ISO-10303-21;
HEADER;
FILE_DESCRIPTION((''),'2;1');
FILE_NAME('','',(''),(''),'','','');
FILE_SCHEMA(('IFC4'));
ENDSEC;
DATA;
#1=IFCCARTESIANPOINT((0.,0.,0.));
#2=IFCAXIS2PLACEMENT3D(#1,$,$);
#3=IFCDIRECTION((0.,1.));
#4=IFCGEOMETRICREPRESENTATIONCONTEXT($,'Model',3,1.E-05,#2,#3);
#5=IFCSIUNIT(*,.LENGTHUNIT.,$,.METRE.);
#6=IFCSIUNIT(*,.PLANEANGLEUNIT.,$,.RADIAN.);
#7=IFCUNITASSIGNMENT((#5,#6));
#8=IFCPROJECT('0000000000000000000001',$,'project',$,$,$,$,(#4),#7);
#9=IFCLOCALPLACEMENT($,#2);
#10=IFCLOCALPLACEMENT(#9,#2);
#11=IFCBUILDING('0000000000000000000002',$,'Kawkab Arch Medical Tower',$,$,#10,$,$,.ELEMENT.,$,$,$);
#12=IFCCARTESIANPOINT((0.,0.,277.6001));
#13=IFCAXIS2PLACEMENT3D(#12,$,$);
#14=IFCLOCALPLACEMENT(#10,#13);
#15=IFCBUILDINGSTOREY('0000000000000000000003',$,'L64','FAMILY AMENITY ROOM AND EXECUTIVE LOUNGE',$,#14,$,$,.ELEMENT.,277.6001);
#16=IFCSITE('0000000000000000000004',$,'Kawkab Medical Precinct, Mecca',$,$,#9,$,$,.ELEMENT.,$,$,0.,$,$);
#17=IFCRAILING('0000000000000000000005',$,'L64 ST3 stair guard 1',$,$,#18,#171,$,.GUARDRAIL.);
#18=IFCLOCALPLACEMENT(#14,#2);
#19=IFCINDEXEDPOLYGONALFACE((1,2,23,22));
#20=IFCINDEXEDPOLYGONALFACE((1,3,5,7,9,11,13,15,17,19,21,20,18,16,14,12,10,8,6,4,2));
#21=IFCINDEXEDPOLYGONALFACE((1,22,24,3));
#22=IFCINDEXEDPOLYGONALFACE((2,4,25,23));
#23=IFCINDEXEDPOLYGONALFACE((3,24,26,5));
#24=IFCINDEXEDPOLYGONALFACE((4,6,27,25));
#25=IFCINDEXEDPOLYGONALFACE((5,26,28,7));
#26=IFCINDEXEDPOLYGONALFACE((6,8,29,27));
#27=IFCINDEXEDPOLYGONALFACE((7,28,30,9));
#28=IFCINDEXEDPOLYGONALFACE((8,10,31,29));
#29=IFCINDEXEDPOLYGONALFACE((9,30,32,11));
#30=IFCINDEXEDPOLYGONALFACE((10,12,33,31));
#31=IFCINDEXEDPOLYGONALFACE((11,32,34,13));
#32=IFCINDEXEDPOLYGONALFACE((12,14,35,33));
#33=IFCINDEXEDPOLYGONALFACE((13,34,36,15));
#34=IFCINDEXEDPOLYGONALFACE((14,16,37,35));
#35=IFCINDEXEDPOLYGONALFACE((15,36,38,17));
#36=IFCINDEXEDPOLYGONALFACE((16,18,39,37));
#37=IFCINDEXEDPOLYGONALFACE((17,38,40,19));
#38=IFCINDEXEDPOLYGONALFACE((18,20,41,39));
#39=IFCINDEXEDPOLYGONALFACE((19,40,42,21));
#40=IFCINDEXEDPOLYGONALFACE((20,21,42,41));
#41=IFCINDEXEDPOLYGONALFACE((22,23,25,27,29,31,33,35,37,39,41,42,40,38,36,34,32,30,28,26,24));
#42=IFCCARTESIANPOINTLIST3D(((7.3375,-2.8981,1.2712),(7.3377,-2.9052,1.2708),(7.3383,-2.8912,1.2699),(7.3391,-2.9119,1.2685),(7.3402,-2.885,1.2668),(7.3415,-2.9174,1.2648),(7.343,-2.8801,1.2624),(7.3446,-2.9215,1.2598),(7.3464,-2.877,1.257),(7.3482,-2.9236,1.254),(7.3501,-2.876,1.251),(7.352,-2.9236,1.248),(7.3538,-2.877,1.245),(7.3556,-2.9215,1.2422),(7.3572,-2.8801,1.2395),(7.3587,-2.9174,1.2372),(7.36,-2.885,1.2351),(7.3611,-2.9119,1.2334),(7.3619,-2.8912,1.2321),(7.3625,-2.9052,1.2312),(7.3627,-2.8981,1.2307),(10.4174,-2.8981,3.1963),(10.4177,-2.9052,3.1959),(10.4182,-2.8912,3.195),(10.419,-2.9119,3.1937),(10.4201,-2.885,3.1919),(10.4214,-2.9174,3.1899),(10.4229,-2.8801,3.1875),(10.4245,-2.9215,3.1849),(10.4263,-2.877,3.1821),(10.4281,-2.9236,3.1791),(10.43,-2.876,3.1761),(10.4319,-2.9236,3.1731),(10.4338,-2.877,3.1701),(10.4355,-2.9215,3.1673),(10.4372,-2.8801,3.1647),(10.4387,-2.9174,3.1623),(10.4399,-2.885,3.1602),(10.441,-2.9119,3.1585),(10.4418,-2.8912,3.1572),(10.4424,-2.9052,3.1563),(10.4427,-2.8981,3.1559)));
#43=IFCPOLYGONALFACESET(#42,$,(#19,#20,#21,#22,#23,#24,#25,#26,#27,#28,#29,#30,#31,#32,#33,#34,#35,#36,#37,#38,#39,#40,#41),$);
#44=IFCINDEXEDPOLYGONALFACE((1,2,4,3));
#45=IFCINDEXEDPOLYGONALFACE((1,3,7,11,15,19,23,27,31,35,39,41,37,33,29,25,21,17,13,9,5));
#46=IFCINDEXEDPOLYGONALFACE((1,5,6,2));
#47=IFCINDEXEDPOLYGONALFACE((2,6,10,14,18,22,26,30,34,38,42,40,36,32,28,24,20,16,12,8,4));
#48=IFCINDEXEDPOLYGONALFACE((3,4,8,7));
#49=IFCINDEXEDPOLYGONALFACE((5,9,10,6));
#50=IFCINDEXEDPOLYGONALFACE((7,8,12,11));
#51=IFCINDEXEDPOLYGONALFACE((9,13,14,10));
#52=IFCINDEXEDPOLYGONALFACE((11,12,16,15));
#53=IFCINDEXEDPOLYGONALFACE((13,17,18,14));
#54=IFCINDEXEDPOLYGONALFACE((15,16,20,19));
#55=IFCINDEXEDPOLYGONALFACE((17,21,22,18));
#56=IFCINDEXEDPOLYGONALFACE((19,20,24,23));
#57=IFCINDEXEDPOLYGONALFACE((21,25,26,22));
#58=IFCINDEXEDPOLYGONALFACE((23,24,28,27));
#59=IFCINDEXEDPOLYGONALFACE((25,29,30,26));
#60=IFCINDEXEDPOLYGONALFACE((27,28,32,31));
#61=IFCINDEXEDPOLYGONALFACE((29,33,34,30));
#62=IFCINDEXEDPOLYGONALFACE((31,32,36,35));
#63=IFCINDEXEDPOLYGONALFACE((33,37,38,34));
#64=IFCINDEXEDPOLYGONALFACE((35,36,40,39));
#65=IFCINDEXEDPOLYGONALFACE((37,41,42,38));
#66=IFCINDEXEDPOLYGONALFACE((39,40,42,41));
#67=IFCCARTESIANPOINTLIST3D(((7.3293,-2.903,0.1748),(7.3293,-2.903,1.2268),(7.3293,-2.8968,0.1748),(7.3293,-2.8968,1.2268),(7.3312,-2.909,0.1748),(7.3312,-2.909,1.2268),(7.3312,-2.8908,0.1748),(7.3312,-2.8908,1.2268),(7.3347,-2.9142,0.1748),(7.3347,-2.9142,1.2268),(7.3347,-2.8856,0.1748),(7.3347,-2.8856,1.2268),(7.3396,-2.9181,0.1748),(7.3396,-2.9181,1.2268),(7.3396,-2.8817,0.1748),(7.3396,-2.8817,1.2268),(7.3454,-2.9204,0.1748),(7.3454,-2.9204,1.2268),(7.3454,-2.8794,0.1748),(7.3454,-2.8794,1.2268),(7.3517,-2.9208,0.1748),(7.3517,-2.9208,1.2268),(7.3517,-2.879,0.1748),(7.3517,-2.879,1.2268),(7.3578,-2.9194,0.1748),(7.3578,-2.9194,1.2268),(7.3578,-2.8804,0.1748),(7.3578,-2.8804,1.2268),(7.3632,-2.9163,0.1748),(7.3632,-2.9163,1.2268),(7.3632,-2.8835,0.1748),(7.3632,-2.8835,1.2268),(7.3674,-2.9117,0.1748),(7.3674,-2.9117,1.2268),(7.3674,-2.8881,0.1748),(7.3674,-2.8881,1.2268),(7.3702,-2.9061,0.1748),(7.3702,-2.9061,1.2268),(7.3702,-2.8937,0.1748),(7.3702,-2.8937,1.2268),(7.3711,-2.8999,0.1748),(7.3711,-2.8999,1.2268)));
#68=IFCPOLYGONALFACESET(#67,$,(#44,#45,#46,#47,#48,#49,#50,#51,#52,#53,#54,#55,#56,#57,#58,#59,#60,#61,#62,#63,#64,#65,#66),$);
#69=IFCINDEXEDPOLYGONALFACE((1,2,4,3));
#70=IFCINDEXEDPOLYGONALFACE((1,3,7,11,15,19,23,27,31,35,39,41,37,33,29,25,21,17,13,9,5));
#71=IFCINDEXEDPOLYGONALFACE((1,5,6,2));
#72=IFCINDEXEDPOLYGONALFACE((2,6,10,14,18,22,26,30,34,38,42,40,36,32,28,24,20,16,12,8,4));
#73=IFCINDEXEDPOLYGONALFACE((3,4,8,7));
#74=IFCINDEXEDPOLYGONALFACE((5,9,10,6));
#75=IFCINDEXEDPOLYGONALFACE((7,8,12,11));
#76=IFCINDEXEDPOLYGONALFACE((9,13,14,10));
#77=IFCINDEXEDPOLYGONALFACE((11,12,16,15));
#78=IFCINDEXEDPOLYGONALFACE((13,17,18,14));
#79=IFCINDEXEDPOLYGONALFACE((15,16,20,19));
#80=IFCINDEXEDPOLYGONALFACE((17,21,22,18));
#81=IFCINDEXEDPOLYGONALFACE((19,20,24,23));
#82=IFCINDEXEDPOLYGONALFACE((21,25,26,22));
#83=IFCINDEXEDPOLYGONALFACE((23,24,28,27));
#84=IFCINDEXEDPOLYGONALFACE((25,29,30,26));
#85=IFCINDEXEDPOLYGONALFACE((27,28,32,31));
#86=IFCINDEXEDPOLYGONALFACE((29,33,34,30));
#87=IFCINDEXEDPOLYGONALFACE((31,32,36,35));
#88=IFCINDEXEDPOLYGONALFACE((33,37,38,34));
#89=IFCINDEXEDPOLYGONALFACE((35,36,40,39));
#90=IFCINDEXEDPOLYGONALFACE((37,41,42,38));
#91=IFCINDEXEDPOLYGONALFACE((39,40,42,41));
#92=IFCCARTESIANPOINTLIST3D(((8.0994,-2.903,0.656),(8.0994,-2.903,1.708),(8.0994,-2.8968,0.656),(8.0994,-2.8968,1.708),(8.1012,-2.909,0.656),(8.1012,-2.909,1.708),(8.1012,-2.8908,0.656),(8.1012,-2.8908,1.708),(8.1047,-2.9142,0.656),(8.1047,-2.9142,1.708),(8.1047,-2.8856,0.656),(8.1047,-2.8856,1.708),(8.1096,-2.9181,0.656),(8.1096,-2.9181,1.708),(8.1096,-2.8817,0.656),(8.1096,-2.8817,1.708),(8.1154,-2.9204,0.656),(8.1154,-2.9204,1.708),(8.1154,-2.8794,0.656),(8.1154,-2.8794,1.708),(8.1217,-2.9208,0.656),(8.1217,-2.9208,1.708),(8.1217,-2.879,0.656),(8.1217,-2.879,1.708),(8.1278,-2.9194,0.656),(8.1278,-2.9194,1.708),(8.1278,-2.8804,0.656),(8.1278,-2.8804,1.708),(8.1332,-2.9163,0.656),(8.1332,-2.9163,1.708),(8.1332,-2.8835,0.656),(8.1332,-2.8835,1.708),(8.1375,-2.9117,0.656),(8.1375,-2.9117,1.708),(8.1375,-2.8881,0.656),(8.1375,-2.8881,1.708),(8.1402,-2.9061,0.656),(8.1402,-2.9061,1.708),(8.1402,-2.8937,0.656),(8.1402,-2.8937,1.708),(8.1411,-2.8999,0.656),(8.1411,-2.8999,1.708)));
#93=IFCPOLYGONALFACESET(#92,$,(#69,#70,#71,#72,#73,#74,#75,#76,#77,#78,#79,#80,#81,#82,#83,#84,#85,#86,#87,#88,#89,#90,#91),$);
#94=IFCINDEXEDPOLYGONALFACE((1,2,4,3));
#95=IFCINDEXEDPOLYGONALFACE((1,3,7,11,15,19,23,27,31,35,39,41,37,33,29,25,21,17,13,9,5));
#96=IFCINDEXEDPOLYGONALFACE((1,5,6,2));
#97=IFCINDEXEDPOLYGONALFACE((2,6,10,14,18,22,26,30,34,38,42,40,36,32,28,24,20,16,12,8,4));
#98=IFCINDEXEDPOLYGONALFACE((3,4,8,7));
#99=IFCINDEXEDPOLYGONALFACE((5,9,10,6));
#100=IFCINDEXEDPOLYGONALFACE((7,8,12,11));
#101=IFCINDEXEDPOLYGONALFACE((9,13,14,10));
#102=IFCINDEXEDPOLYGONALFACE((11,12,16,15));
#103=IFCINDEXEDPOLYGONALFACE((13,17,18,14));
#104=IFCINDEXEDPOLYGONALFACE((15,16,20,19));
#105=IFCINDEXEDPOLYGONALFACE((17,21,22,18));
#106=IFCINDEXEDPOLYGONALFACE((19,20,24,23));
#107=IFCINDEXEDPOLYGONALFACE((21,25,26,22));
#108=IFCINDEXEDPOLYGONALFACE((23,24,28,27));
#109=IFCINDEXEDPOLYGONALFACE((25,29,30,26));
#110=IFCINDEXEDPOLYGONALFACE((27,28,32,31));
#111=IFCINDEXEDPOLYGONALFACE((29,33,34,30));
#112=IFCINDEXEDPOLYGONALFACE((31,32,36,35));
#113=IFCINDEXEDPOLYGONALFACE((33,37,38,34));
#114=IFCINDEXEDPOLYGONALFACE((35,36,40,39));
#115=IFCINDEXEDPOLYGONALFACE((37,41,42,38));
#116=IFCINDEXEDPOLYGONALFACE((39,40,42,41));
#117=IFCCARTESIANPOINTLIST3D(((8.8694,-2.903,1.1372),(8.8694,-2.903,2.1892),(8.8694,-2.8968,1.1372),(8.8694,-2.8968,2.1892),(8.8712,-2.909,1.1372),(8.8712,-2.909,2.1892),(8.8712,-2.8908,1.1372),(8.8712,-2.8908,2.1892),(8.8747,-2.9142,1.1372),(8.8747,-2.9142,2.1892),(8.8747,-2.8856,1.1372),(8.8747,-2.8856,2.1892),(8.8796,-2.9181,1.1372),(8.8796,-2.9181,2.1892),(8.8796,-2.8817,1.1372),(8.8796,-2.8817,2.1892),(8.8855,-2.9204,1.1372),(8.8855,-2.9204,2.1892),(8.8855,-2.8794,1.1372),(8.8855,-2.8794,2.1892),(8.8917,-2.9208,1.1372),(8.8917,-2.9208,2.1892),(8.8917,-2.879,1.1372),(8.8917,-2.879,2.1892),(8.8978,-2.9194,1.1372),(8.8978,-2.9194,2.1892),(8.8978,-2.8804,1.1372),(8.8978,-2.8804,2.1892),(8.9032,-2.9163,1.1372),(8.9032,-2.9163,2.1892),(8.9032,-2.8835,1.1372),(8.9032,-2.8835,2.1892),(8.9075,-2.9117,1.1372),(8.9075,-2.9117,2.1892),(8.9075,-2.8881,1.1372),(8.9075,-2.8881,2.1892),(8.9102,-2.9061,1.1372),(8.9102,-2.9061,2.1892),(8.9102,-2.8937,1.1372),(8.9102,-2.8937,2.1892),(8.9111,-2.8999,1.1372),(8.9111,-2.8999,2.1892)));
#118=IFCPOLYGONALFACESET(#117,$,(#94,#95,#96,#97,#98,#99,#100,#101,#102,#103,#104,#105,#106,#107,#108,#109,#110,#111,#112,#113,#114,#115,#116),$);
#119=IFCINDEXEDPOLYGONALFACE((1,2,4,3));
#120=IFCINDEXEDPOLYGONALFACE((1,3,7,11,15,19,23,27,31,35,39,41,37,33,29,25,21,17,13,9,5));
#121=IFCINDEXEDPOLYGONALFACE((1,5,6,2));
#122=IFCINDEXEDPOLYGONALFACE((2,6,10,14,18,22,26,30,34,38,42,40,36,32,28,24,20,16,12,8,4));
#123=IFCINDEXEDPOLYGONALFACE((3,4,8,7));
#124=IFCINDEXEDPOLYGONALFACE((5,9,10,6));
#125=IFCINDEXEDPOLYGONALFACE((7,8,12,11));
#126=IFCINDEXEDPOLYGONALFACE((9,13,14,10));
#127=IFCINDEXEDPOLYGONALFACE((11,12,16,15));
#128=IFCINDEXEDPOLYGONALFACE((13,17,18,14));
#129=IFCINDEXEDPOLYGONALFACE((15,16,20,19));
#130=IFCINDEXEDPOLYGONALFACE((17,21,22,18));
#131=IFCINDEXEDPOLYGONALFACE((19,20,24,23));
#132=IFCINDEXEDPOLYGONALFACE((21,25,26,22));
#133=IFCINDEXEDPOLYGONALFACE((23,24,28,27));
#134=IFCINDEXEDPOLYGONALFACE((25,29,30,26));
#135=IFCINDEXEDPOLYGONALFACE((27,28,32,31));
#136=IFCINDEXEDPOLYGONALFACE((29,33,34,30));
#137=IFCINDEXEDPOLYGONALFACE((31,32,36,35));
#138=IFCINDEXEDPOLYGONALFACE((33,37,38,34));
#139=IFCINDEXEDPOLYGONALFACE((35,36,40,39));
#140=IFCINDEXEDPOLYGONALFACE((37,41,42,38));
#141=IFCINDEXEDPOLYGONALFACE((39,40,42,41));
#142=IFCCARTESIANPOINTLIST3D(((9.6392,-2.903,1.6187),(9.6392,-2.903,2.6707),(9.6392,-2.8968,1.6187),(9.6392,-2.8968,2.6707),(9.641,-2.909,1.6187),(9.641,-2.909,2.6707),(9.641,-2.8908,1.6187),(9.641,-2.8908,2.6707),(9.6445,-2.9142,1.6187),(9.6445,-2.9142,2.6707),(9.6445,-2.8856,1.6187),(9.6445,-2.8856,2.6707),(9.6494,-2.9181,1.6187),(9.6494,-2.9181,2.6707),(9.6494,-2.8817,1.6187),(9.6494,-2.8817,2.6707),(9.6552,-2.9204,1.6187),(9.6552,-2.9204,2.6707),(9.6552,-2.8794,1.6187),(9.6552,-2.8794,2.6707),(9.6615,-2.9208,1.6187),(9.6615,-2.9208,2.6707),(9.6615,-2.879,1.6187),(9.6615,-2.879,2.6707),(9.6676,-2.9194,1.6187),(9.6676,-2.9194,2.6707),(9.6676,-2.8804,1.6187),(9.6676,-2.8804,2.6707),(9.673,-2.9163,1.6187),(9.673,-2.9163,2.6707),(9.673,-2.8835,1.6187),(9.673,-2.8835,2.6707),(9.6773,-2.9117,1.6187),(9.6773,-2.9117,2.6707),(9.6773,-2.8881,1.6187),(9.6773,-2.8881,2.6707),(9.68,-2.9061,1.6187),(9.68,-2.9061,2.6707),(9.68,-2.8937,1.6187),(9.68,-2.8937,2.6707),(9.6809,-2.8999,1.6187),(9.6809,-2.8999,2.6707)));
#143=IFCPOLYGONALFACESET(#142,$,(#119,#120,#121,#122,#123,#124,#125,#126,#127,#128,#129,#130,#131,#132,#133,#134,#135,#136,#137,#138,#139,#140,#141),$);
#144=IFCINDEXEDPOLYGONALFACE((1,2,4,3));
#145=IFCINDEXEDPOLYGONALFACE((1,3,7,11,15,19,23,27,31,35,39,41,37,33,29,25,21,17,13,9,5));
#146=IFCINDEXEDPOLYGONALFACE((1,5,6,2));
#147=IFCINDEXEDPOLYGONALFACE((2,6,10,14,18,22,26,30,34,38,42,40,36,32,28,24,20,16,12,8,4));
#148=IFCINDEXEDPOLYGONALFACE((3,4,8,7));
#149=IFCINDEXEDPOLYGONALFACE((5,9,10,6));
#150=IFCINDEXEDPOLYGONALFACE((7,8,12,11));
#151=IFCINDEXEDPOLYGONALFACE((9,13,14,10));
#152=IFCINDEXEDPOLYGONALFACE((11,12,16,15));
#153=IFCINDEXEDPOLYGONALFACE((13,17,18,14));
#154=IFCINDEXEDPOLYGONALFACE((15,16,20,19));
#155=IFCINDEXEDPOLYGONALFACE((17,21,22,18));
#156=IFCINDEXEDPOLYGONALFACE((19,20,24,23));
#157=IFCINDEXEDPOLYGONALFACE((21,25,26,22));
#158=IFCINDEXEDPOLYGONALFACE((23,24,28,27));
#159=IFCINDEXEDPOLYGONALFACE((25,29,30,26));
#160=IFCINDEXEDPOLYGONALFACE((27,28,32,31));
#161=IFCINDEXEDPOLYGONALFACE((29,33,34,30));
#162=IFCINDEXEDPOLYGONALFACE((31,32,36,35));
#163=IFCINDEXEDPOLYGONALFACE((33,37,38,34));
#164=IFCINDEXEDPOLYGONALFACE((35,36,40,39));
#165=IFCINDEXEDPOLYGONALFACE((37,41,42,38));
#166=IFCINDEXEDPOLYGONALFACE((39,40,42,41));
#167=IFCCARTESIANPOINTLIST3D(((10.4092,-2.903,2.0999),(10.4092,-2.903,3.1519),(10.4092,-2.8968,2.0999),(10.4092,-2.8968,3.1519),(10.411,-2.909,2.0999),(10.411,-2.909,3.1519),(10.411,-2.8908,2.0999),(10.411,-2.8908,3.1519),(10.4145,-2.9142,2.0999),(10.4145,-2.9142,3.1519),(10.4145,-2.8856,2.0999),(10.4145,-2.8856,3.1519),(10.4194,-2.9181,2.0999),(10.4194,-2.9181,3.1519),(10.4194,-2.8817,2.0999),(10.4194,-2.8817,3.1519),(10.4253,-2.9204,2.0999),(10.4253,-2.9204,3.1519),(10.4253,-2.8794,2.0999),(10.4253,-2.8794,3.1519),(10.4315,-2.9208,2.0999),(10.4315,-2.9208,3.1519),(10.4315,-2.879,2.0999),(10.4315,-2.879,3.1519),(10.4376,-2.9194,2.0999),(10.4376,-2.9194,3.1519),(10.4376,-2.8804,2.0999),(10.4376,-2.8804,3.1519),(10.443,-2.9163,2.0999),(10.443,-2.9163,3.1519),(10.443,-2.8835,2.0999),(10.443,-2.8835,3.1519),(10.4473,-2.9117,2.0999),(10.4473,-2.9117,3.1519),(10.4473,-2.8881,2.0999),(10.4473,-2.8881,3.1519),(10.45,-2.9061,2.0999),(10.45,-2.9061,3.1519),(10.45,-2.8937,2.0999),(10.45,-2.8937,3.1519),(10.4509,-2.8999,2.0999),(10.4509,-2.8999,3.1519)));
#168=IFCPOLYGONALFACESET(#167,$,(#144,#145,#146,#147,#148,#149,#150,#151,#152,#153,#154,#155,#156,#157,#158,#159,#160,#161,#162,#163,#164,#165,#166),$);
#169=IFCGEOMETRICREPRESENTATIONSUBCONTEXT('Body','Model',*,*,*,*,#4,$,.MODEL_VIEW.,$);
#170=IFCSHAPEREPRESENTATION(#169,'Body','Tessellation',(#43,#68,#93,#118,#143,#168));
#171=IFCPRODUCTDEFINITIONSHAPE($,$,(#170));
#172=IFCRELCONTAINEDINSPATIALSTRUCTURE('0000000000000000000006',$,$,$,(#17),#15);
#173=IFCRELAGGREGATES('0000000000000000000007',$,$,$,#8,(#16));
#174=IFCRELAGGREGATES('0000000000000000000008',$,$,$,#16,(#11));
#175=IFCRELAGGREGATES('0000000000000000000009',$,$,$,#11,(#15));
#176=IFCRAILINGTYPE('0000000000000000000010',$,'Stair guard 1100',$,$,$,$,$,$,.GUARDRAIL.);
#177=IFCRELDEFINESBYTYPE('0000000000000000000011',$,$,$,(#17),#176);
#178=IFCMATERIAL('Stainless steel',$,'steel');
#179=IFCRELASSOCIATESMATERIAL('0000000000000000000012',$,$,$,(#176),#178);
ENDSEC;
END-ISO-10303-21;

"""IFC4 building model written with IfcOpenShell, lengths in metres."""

from ifc_helpers import new_model, si_unit, direction, frame, origin, origin_2d, place, context, subcontext, project, spatial, circle, extrude, material, type_object, element, save


model = new_model("IFC4")

# Units and contexts
model_context = context("Model", 3, precision=1e-05, world=origin(), true_north=direction((0.0, 1.0)))
body_context = subcontext(model_context, "Body", "Model", "MODEL_VIEW")
ifc_project = project(units=[si_unit("LENGTHUNIT", "METRE"), si_unit("PLANEANGLEUNIT", "RADIAN")], contexts=[model_context])

# Site, building, storey
site_placement = place(None, origin())
site = spatial("IfcSite", under=ifc_project, at=site_placement, Name="Kawkab Medical Precinct, Mecca", CompositionType="ELEMENT", RefElevation=0.0)
building_placement = place(site_placement, origin())
building = spatial("IfcBuilding", under=site, at=building_placement, Name="Kawkab Arch Medical Tower", CompositionType="ELEMENT")
storey_placement = place(building_placement, frame((0.0, 0.0, 277.6001)))
storey = spatial("IfcBuildingStorey", under=building, at=storey_placement, Name="L64", Description="FAMILY AMENITY ROOM AND EXECUTIVE LOUNGE", CompositionType="ELEMENT", Elevation=277.6001)

# Railing
ifc_material_1 = material(Name="Stainless steel", Category="steel")
railing_type = type_object("IfcRailingType", Name="Stair guard 1100", PredefinedType="GUARDRAIL", material=ifc_material_1)
railing_1_placement = place(storey_placement, frame((7.3501, -2.8999, 0.1748)))
element("IfcRailing", 1, at=railing_1_placement, inside=storey, type_object=railing_type, Name="L64 ST3 stair guard 1", PredefinedType="GUARDRAIL", context=body_context, shape_type="SweptSolid", body=[
    extrude(circle(Radius=0.0239, at=origin_2d()), frame((0.0, 0.0, 1.0762), z_axis=(0.847979, 0.0, 0.530029), x_axis=(0.0, 1.0, 0.0)), (0.0, 0.0, 1.0), 3.6321),
    extrude(circle(Radius=0.021, at=origin_2d()), origin(), (0.0, 0.0, 1.0), 1.052),
    extrude(circle(Radius=0.021, at=origin_2d()), frame((0.77, 0.0, 0.4812)), (0.0, 0.0, 1.0), 1.052),
    extrude(circle(Radius=0.021, at=origin_2d()), frame((1.54, 0.0, 0.9624)), (0.0, 0.0, 1.0), 1.052),
    extrude(circle(Radius=0.021, at=origin_2d()), frame((2.3098, 0.0, 1.4438)), (0.0, 0.0, 1.0), 1.052),
    extrude(circle(Radius=0.021, at=origin_2d()), frame((3.0798, 0.0, 1.925)), (0.0, 0.0, 1.0), 1.052),
])

save(model, "model.ifc")
